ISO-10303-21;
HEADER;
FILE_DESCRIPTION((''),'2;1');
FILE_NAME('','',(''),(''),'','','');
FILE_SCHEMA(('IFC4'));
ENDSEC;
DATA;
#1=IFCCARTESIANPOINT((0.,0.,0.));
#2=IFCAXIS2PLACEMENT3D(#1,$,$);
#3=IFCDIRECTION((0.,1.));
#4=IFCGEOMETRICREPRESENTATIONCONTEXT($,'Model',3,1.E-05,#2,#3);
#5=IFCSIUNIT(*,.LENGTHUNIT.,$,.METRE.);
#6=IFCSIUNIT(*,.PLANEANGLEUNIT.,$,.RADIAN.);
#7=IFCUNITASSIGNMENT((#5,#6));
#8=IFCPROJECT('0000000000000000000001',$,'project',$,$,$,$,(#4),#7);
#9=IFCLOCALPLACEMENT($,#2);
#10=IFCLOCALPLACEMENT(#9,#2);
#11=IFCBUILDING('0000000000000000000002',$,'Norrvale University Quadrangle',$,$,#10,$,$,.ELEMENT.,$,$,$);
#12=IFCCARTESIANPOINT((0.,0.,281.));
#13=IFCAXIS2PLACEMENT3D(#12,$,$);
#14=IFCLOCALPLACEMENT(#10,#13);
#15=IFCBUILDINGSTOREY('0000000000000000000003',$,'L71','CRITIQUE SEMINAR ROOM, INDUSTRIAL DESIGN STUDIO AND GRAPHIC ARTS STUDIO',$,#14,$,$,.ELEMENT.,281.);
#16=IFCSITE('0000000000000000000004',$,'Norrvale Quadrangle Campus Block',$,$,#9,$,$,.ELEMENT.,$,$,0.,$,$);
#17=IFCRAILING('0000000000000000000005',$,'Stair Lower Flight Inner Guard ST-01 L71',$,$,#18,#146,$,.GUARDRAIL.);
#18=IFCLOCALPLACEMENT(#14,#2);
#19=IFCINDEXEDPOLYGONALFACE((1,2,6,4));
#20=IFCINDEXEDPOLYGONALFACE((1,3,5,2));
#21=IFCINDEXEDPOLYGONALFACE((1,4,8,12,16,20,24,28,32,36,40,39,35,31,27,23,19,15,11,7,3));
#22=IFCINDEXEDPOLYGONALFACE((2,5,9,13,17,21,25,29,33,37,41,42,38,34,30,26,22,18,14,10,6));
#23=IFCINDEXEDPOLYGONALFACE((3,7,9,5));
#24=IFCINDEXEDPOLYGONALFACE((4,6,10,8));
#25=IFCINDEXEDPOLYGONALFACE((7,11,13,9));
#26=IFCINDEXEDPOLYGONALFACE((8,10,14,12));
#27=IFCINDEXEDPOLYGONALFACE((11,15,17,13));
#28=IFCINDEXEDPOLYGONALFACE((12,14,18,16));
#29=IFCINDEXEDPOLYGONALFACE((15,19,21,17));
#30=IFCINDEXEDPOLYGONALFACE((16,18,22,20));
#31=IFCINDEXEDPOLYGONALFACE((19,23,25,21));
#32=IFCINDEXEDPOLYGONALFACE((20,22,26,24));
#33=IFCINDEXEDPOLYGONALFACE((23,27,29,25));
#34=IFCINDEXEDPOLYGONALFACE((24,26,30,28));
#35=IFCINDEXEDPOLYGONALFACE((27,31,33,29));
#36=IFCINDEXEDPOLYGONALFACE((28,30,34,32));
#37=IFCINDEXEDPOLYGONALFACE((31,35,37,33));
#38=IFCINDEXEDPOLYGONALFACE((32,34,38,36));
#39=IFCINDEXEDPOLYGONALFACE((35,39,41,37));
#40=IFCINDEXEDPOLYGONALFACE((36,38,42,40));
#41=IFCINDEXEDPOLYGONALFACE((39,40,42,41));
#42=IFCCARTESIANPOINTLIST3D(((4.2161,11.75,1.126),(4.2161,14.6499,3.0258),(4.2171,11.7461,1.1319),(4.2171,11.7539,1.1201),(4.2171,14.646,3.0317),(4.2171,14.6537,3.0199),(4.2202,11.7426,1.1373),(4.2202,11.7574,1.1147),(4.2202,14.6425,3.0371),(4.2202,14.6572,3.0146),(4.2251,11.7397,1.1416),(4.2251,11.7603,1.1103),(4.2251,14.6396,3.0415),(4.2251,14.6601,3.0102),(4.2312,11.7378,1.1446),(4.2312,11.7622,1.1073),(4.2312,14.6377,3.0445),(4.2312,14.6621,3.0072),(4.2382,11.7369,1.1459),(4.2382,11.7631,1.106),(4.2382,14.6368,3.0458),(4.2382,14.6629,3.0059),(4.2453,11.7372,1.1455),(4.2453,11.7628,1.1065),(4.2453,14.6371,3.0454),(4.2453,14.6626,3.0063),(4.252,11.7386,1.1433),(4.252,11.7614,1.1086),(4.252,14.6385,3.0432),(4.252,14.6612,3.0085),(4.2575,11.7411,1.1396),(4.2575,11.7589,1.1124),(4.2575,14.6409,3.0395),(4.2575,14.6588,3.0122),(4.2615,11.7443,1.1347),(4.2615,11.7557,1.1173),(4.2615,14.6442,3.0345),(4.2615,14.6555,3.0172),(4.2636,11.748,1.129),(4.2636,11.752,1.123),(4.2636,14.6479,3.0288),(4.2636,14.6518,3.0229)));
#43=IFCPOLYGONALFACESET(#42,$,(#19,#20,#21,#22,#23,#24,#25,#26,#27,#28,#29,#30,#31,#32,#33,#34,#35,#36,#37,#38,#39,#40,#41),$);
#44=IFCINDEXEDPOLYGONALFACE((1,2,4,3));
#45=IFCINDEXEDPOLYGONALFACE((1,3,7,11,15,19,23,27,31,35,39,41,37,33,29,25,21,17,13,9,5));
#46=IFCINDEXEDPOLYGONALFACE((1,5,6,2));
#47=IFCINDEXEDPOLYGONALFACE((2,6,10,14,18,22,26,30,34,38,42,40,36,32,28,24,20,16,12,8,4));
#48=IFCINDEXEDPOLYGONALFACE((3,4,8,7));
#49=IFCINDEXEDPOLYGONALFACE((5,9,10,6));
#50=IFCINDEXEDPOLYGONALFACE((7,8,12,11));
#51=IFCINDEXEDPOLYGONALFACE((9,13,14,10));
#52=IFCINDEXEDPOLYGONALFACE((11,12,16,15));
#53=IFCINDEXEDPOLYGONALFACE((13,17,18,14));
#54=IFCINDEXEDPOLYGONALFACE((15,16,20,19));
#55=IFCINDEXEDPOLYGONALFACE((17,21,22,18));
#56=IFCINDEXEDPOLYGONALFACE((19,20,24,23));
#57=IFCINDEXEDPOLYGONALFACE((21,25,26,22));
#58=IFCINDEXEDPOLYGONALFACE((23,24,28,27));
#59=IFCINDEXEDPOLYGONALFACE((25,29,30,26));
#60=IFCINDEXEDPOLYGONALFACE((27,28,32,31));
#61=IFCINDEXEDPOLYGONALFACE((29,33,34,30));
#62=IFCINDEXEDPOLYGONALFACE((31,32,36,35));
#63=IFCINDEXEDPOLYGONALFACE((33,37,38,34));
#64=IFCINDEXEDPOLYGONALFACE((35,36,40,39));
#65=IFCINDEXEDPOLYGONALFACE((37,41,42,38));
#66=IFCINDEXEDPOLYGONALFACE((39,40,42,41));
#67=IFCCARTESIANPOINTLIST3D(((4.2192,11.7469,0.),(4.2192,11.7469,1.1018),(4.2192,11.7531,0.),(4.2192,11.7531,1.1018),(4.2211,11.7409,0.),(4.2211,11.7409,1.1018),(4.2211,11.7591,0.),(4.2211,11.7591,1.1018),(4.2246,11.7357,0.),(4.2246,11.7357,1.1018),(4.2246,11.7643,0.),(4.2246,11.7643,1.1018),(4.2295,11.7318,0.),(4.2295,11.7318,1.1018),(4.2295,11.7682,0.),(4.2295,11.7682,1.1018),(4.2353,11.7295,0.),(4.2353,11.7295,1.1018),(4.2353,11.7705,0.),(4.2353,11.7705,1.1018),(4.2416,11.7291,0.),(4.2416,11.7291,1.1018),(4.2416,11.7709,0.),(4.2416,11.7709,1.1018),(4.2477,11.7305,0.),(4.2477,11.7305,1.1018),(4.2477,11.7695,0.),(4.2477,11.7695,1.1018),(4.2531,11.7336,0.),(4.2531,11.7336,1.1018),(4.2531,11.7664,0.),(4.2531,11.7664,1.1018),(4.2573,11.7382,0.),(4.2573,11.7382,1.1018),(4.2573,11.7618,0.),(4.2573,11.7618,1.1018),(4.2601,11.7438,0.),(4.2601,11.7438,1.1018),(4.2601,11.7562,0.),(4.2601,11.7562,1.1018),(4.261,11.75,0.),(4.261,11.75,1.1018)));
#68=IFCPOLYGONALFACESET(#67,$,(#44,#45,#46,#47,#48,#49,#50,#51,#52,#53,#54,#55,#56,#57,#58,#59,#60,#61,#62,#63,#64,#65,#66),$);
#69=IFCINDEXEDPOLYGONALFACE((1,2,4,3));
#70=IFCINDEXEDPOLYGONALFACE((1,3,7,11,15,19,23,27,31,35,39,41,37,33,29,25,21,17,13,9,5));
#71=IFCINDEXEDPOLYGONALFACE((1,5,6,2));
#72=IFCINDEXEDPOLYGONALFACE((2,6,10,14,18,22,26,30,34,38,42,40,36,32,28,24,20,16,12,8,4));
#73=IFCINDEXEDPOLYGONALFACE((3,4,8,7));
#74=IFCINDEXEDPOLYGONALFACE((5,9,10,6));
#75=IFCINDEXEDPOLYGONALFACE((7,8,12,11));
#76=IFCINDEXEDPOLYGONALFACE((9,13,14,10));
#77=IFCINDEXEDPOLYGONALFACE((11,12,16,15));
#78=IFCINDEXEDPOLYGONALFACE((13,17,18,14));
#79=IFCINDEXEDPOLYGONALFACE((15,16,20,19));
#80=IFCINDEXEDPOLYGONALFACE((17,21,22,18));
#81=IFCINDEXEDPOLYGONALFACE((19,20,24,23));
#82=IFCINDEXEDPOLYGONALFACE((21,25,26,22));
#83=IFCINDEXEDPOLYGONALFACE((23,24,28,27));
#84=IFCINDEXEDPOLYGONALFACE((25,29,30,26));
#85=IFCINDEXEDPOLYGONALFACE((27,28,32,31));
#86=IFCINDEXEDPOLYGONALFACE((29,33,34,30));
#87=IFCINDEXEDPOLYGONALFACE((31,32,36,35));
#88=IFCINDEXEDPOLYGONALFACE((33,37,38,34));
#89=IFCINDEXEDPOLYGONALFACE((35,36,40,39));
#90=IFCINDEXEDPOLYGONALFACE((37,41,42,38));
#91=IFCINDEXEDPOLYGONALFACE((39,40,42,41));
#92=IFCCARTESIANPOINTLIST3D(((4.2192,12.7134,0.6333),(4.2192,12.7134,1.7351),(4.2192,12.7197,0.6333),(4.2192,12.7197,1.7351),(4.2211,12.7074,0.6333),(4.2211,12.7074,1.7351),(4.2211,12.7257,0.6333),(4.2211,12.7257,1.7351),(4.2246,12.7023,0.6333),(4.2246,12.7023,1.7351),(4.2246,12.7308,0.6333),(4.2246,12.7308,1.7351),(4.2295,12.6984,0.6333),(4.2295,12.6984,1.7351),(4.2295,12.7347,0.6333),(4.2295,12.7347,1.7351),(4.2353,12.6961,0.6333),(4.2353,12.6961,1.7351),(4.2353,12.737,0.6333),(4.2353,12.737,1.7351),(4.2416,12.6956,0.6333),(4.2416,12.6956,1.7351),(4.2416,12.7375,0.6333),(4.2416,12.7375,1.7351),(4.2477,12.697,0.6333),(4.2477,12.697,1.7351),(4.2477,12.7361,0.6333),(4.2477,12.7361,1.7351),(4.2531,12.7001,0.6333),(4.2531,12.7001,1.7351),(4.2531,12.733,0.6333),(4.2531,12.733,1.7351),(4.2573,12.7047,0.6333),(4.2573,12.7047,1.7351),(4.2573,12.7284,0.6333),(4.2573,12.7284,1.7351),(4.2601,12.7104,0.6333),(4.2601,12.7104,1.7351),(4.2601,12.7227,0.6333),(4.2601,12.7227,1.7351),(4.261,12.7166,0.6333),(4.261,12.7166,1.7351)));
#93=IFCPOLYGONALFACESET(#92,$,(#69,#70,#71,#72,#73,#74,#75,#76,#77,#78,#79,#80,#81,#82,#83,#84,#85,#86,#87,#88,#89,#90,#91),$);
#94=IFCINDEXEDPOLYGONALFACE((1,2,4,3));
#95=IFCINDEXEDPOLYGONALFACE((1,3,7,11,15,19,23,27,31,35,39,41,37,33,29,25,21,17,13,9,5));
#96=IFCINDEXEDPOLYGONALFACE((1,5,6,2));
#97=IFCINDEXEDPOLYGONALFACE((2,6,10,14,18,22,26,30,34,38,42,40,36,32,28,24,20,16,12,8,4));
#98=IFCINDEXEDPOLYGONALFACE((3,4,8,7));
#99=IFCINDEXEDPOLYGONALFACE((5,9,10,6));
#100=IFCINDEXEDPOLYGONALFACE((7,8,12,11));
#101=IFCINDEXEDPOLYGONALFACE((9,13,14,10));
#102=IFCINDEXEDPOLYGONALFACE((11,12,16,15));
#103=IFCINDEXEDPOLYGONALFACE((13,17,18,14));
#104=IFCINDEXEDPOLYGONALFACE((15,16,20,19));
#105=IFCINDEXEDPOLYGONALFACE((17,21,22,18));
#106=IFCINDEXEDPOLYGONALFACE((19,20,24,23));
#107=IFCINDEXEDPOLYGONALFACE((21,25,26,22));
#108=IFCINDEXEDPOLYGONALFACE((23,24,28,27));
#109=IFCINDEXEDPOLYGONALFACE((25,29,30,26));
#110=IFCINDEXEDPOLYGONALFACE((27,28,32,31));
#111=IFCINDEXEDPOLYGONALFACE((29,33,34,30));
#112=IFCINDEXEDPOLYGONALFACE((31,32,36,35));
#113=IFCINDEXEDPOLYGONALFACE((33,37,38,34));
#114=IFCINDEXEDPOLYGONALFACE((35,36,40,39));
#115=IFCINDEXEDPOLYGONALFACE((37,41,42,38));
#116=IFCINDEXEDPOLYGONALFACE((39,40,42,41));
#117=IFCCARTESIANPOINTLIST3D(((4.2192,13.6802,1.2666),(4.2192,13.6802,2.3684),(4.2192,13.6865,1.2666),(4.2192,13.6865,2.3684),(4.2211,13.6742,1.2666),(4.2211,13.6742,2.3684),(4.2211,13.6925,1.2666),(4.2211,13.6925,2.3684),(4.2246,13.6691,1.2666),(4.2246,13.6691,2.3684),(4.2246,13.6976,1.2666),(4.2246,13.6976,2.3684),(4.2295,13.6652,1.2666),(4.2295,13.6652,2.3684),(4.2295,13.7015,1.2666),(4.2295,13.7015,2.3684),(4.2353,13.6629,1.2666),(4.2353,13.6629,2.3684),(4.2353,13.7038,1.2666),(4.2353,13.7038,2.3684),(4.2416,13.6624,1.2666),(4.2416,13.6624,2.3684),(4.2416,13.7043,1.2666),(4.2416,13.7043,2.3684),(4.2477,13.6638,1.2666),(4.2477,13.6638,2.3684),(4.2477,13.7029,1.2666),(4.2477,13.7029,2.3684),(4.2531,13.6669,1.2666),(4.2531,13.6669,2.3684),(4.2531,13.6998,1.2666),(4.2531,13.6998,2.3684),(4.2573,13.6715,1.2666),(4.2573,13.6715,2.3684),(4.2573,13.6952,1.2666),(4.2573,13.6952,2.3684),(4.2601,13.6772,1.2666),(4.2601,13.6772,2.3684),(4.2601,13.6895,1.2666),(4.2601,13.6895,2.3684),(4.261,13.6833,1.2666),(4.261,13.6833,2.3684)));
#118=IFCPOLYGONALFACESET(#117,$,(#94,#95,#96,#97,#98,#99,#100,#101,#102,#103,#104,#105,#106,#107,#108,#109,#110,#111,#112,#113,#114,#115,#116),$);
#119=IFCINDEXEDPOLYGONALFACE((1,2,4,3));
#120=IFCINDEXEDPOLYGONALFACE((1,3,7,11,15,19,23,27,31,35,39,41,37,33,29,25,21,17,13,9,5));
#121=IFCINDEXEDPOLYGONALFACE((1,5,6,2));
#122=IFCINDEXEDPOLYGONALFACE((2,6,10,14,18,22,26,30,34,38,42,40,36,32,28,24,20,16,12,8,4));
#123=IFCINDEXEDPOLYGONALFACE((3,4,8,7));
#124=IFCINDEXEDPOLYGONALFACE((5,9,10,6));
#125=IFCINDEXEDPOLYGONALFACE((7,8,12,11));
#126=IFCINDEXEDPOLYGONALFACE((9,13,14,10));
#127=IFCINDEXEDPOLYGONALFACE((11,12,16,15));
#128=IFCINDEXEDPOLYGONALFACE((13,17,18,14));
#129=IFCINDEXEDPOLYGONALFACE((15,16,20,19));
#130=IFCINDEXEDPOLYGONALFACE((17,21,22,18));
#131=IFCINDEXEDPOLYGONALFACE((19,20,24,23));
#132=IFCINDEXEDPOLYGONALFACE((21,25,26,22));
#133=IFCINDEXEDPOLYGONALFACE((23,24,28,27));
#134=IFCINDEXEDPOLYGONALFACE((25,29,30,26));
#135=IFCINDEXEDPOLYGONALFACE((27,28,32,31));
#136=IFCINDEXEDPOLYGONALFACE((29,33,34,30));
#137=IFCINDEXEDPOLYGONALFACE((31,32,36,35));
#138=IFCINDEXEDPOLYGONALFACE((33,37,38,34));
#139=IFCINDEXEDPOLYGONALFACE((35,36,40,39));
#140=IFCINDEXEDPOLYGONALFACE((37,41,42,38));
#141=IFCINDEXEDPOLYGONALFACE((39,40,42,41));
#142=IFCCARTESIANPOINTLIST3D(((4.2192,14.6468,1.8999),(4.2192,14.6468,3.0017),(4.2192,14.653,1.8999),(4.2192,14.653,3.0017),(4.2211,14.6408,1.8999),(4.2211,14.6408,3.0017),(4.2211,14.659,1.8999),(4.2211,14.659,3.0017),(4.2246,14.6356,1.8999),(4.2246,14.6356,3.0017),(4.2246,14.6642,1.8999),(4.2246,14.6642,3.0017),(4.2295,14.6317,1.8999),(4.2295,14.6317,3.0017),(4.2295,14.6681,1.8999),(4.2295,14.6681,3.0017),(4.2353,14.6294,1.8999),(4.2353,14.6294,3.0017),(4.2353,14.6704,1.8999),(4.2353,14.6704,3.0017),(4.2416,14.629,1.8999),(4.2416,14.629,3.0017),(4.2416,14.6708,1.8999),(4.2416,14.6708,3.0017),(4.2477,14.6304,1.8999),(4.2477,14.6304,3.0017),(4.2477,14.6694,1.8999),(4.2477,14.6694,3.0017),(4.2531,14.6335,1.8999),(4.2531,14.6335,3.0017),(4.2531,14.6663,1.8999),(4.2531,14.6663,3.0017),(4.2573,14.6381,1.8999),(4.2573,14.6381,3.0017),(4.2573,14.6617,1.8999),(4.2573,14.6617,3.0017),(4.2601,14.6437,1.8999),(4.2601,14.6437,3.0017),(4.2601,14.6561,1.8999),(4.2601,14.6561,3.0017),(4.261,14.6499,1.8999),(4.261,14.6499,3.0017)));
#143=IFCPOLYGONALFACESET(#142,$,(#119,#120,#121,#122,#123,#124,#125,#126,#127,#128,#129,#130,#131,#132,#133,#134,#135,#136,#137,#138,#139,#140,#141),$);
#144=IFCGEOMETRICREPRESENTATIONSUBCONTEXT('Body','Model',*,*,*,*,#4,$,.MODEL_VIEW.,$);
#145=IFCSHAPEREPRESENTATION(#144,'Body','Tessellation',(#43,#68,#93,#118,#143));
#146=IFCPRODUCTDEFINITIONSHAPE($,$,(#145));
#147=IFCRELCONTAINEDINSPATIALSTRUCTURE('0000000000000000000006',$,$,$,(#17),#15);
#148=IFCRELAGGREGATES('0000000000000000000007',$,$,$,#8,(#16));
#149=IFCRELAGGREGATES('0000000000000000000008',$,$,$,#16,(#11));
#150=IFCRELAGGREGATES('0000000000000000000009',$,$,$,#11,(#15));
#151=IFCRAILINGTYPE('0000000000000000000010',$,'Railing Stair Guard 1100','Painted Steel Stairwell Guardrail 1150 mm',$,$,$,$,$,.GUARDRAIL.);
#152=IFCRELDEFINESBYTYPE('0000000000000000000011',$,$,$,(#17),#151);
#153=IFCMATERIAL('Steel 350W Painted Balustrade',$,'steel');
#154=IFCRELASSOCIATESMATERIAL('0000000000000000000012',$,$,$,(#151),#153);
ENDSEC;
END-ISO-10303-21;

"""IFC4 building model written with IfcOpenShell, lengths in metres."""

from ifc_helpers import new_model, si_unit, direction, frame, origin, origin_2d, place, context, subcontext, project, spatial, circle, extrude, material, type_object, element, save


model = new_model("IFC4")

# Units and contexts
model_context = context("Model", 3, precision=1e-05, world=origin(), true_north=direction((0.0, 1.0)))
body_context = subcontext(model_context, "Body", "Model", "MODEL_VIEW")
ifc_project = project(units=[si_unit("LENGTHUNIT", "METRE"), si_unit("PLANEANGLEUNIT", "RADIAN")], contexts=[model_context])

# Site, building, storey
site_placement = place(None, origin())
site = spatial("IfcSite", under=ifc_project, at=site_placement, Name="Norrvale Quadrangle Campus Block", CompositionType="ELEMENT", RefElevation=0.0)
building_placement = place(site_placement, origin())
building = spatial("IfcBuilding", under=site, at=building_placement, Name="Norrvale University Quadrangle", CompositionType="ELEMENT")
storey_placement = place(building_placement, frame((0.0, 0.0, 281.0)))
storey = spatial("IfcBuildingStorey", under=building, at=storey_placement, Name="L71", Description="CRITIQUE SEMINAR ROOM, INDUSTRIAL DESIGN STUDIO AND GRAPHIC ARTS STUDIO", CompositionType="ELEMENT", Elevation=281.0)

# Railing
ifc_material_1 = material(Name="Steel 350W Painted Balustrade", Category="steel")
railing_type_1 = type_object("IfcRailingType", Name="Railing Stair Guard 1100", Description="Painted Steel Stairwell Guardrail 1150 mm", PredefinedType="GUARDRAIL", material=ifc_material_1)
railing_1_placement = place(storey_placement, frame((4.24, 11.75, 0.0)))
element("IfcRailing", 1, at=railing_1_placement, inside=storey, type_object=railing_type_1, Name="Stair Lower Flight Inner Guard ST-01 L71", PredefinedType="GUARDRAIL", context=body_context, shape_type="SweptSolid", body=[
    extrude(circle(Radius=0.0239, at=origin_2d()), frame((0.0, 0.0, 1.126), z_axis=(0.0, 0.836466, 0.548019), x_axis=(-1.0, 0.0, 0.0)), (0.0, 0.0, 1.0), 3.4668),
    extrude(circle(Radius=0.021, at=origin_2d()), origin(), (0.0, 0.0, 1.0), 1.1018),
    extrude(circle(Radius=0.021, at=origin_2d()), frame((0.0, 0.9666, 0.6333)), (0.0, 0.0, 1.0), 1.1018),
    extrude(circle(Radius=0.021, at=origin_2d()), frame((0.0, 1.9333, 1.2666)), (0.0, 0.0, 1.0), 1.1018),
    extrude(circle(Radius=0.021, at=origin_2d()), frame((0.0, 2.8999, 1.8999)), (0.0, 0.0, 1.0), 1.1018),
])

save(model, "model.ifc")
